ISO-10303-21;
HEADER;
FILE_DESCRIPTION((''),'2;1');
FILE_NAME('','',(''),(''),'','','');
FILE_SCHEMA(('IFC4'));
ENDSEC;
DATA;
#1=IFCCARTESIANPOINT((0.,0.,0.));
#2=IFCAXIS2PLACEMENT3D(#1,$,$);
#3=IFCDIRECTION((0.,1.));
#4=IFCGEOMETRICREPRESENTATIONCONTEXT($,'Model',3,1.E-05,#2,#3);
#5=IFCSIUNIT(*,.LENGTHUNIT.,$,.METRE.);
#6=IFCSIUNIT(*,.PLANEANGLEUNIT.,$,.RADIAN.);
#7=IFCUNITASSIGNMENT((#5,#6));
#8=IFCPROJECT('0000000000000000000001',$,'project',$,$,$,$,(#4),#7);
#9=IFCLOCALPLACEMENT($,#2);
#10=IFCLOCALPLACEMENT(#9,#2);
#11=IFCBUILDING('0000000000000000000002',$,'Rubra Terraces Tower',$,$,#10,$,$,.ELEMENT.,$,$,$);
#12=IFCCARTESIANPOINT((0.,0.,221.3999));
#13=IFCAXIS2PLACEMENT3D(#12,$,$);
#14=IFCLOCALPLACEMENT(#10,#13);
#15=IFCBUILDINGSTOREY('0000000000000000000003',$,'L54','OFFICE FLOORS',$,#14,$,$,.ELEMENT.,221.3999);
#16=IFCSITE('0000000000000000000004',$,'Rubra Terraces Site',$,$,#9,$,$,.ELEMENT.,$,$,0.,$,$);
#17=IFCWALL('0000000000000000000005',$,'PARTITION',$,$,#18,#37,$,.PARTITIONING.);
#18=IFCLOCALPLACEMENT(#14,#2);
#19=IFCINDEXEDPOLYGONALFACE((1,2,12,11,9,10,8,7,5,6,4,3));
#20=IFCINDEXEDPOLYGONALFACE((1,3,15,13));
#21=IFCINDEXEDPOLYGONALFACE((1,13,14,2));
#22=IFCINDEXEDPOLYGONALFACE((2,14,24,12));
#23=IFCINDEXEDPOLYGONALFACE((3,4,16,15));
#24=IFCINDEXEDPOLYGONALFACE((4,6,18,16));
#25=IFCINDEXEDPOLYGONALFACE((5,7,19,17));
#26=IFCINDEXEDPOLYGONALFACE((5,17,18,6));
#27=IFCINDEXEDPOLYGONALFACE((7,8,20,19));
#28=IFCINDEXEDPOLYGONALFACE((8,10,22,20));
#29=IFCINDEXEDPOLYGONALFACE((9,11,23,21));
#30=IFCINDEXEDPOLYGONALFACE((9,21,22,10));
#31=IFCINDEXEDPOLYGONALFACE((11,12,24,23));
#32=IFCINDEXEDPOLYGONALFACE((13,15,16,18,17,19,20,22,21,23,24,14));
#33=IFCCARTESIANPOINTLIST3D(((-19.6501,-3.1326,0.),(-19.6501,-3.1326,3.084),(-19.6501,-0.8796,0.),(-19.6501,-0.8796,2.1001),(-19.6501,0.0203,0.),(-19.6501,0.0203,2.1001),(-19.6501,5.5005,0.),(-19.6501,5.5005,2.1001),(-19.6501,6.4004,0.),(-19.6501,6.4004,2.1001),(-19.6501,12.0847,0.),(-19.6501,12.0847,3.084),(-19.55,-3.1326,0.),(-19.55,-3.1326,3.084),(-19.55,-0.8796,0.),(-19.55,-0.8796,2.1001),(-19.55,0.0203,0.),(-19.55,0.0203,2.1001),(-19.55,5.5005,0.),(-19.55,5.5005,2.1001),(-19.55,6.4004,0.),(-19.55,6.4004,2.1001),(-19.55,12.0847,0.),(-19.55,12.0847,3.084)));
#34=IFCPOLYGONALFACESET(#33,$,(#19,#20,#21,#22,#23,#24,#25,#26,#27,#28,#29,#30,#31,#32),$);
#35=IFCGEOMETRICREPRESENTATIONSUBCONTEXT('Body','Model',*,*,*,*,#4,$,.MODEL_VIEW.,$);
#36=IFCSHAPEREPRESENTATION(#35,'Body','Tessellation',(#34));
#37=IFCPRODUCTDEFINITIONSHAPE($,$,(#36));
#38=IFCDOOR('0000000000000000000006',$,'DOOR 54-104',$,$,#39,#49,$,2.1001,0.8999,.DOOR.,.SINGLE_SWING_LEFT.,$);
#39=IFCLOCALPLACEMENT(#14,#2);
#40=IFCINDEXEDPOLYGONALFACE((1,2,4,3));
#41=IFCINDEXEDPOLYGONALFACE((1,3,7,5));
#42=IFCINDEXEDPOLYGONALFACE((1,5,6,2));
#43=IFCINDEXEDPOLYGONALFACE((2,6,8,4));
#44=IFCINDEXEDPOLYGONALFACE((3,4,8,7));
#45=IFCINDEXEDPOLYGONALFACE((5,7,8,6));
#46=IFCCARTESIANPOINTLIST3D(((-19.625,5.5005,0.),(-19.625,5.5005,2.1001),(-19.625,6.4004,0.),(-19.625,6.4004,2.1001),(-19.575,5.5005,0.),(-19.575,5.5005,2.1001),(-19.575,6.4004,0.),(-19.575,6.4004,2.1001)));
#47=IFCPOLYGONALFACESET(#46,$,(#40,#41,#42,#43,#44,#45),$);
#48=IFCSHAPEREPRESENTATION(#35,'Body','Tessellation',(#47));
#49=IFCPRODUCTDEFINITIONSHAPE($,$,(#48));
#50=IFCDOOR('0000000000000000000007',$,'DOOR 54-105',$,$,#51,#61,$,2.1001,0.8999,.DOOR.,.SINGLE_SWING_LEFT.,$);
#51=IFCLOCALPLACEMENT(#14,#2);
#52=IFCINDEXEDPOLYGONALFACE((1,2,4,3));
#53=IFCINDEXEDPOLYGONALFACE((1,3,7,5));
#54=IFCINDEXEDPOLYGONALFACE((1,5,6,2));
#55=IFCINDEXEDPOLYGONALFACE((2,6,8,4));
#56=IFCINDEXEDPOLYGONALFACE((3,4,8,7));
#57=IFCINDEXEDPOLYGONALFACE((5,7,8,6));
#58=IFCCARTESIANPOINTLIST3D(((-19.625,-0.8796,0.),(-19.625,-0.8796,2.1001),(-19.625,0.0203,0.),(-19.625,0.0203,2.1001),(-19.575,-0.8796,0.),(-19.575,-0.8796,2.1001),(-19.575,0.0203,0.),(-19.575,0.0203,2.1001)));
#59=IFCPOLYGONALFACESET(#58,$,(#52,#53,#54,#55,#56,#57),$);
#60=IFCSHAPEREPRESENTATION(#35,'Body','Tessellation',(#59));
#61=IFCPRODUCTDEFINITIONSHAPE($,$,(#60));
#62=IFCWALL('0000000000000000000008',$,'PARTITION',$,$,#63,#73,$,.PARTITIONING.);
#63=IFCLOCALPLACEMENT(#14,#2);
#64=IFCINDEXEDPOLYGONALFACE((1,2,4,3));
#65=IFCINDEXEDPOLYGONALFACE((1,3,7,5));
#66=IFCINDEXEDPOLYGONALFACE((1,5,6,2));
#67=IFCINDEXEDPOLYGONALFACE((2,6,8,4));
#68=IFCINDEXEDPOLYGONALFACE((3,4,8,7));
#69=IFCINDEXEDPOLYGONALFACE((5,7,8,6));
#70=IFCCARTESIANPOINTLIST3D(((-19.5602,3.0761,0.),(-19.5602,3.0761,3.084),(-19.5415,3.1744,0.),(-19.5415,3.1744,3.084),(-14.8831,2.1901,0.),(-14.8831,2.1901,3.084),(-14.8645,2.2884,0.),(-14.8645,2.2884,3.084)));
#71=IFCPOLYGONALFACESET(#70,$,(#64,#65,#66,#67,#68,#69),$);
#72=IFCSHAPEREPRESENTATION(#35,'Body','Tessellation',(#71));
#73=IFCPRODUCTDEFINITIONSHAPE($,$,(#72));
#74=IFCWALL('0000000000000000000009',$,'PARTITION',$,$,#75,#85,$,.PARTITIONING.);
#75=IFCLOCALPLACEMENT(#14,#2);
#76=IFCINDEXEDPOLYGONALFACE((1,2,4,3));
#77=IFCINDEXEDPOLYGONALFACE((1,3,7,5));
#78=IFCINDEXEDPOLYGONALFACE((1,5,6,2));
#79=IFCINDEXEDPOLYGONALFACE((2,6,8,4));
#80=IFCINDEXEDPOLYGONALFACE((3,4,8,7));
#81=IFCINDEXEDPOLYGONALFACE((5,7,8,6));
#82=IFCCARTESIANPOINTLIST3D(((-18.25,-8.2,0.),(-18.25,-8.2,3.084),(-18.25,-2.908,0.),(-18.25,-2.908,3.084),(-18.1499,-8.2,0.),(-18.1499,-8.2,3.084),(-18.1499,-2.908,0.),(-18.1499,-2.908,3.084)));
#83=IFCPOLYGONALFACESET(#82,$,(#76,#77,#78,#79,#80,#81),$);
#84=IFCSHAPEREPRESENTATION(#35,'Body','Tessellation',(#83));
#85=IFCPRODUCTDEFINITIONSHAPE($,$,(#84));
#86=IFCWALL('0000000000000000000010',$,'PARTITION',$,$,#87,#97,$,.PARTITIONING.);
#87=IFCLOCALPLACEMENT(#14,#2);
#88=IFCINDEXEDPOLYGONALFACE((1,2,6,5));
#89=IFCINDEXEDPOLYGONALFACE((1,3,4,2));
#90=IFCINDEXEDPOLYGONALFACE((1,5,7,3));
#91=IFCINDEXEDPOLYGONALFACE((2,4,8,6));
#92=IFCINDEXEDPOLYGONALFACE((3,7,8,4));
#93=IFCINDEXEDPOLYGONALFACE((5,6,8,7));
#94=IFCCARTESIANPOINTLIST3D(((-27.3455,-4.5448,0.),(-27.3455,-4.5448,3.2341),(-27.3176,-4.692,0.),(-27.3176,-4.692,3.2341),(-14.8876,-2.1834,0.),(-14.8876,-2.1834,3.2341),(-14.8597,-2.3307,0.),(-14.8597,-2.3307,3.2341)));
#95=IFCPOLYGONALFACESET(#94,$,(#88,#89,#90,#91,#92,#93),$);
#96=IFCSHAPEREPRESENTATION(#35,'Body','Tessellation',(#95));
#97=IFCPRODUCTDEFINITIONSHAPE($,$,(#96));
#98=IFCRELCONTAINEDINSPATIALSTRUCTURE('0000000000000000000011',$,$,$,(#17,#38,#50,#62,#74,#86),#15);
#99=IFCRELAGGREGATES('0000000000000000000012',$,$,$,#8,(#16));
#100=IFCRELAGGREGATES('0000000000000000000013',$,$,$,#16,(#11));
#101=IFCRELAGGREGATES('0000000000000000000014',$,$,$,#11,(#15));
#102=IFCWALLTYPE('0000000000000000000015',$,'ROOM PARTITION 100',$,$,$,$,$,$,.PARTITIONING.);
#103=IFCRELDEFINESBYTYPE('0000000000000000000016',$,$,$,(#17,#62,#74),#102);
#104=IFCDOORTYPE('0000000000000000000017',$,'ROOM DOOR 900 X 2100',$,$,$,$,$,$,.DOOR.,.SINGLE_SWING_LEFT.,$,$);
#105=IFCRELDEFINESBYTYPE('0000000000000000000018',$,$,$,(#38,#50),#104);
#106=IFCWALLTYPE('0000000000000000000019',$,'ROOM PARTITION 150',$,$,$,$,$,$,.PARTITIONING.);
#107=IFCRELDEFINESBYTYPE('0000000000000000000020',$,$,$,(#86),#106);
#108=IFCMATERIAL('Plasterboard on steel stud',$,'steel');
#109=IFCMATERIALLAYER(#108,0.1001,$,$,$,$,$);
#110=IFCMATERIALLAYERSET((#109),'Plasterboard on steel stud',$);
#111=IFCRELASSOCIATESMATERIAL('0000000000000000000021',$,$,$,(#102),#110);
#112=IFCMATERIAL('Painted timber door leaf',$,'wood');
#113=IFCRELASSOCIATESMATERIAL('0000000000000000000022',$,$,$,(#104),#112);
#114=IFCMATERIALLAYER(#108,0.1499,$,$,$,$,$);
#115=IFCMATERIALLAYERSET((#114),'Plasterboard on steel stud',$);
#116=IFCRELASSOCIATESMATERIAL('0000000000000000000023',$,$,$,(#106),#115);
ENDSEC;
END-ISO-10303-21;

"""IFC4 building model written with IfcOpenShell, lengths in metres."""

from ifc_helpers import new_model, si_unit, direction, frame, frame_2d, origin, place, context, subcontext, project, spatial, rectangle, extrude, material, layer, layer_set, type_object, element, fill, save


model = new_model("IFC4")

# Units and contexts
model_context = context("Model", 3, precision=1e-05, world=origin(), true_north=direction((0.0, 1.0)))
body_context = subcontext(model_context, "Body", "Model", "MODEL_VIEW")
ifc_project = project(units=[si_unit("LENGTHUNIT", "METRE"), si_unit("PLANEANGLEUNIT", "RADIAN")], contexts=[model_context])

# Site, building, storey
site_placement = place(None, origin())
site = spatial("IfcSite", under=ifc_project, at=site_placement, Name="Rubra Terraces Site", CompositionType="ELEMENT", RefElevation=0.0)
building_placement = place(site_placement, origin())
building = spatial("IfcBuilding", under=site, at=building_placement, Name="Rubra Terraces Tower", CompositionType="ELEMENT")
storey_placement = place(building_placement, frame((0.0, 0.0, 221.3999)))
storey = spatial("IfcBuildingStorey", under=building, at=storey_placement, Name="L54", Description="OFFICE FLOORS", CompositionType="ELEMENT", Elevation=221.3999)

# Wall, openings, doors
ifc_material_1 = material(Name="Painted timber door leaf", Category="wood")
ifc_material_2 = material(Name="Plasterboard on steel stud", Category="steel")
ifc_layer_1 = layer(ifc_material_2, 0.1001)
ifc_layer_set_1 = layer_set([ifc_layer_1], Name="Plasterboard on steel stud")
wall_type_1 = type_object("IfcWallType", Name="ROOM PARTITION 100", PredefinedType="PARTITIONING", material=ifc_layer_set_1)
wall_1_placement = place(storey_placement, frame((-19.6001, -3.1326, 0.0), z_axis=(0.0, 0.0, 1.0), x_axis=(0.0, 1.0, 0.0)))
wall_1 = element("IfcWall", 1, at=wall_1_placement, inside=storey, type_object=wall_type_1, Name="PARTITION", PredefinedType="PARTITIONING", context=body_context, shape_type="SweptSolid", body=[
    extrude(rectangle(XDim=15.2173, YDim=0.1001, at=frame_2d((7.6086, 0.0))), origin(), (0.0, 0.0, 1.0), 3.084),
])
opening_1_placement = place(wall_1_placement, frame((8.6331, 0.0, 0.0)))
opening_1 = element("IfcOpeningElement", 2, at=opening_1_placement, cuts=wall_1, PredefinedType="OPENING", context=body_context, shape_type="SweptSolid", body=[
    extrude(rectangle(XDim=0.8999, YDim=2.1001, at=frame_2d((0.45, 1.05))), frame((0.0, 0.0601, 0.0), z_axis=(0.0, -1.0, 0.0), x_axis=(1.0, 0.0, 0.0)), (0.0, 0.0, 1.0), 0.1201),
])
opening_2_placement = place(wall_1_placement, frame((2.2529, 0.0, 0.0)))
opening_2 = element("IfcOpeningElement", 3, at=opening_2_placement, cuts=wall_1, PredefinedType="OPENING", context=body_context, shape_type="SweptSolid", body=[
    extrude(rectangle(XDim=0.8999, YDim=2.1001, at=frame_2d((0.45, 1.05))), frame((0.0, 0.0601, 0.0), z_axis=(0.0, -1.0, 0.0), x_axis=(1.0, 0.0, 0.0)), (0.0, 0.0, 1.0), 0.1201),
])
door_type_1 = type_object("IfcDoorType", Name="ROOM DOOR 900 X 2100", OperationType="SINGLE_SWING_LEFT", PredefinedType="DOOR", material=ifc_material_1)
door_1_placement = place(opening_1_placement, origin())
door_1 = element("IfcDoor", 4, at=door_1_placement, inside=storey, type_object=door_type_1, Name="DOOR 54-104", OperationType="SINGLE_SWING_LEFT", OverallHeight=2.1001, OverallWidth=0.8999, PredefinedType="DOOR", context=body_context, shape_type="SweptSolid", body=[
    extrude(rectangle(XDim=0.8999, YDim=2.1001, at=frame_2d((0.45, 1.05))), frame((0.0, 0.0249, 0.0), z_axis=(0.0, -1.0, 0.0), x_axis=(1.0, 0.0, 0.0)), (0.0, 0.0, 1.0), 0.05),
])
fill(opening_1, door_1)
door_2_placement = place(opening_2_placement, origin())
door_2 = element("IfcDoor", 5, at=door_2_placement, inside=storey, type_object=door_type_1, Name="DOOR 54-105", OperationType="SINGLE_SWING_LEFT", OverallHeight=2.1001, OverallWidth=0.8999, PredefinedType="DOOR", context=body_context, shape_type="SweptSolid", body=[
    extrude(rectangle(XDim=0.8999, YDim=2.1001, at=frame_2d((0.45, 1.05))), frame((0.0, 0.0249, 0.0), z_axis=(0.0, -1.0, 0.0), x_axis=(1.0, 0.0, 0.0)), (0.0, 0.0, 1.0), 0.05),
])
fill(opening_2, door_2)

# Walls
wall_2_placement = place(storey_placement, frame((-14.8738, 2.2393, 0.0), z_axis=(0.0, 0.0, 1.0), x_axis=(-0.982526, 0.186125, 0.0)))
element("IfcWall", 6, at=wall_2_placement, inside=storey, type_object=wall_type_1, Name="PARTITION", PredefinedType="PARTITIONING", context=body_context, shape_type="SweptSolid", body=[
    extrude(rectangle(XDim=4.7603, YDim=0.1001, at=frame_2d((2.3801, 0.0))), origin(), (0.0, 0.0, 1.0), 3.084),
])
wall_3_placement = place(storey_placement, frame((-18.2, -8.2, 0.0), z_axis=(0.0, 0.0, 1.0), x_axis=(0.0, 1.0, 0.0)))
element("IfcWall", 7, at=wall_3_placement, inside=storey, type_object=wall_type_1, Name="PARTITION", PredefinedType="PARTITIONING", context=body_context, shape_type="SweptSolid", body=[
    extrude(rectangle(XDim=5.292, YDim=0.1001, at=frame_2d((2.646, 0.0))), origin(), (0.0, 0.0, 1.0), 3.084),
])
ifc_layer_2 = layer(ifc_material_2, 0.1499)
ifc_layer_set_2 = layer_set([ifc_layer_2], Name="Plasterboard on steel stud")
wall_type_2 = type_object("IfcWallType", Name="ROOM PARTITION 150", PredefinedType="PARTITIONING", material=ifc_layer_set_2)
wall_4_placement = place(storey_placement, frame((-27.3315, -4.6184, 0.0), z_axis=(0.0, 0.0, 1.0), x_axis=(0.982506, 0.186231, 0.0)))
element("IfcWall", 8, at=wall_4_placement, inside=storey, type_object=wall_type_2, Name="PARTITION", PredefinedType="PARTITIONING", context=body_context, shape_type="SweptSolid", body=[
    extrude(rectangle(XDim=12.6797, YDim=0.1499, at=frame_2d((6.3398, 0.0))), origin(), (0.0, 0.0, 1.0), 3.2341),
])

save(model, "model.ifc")
